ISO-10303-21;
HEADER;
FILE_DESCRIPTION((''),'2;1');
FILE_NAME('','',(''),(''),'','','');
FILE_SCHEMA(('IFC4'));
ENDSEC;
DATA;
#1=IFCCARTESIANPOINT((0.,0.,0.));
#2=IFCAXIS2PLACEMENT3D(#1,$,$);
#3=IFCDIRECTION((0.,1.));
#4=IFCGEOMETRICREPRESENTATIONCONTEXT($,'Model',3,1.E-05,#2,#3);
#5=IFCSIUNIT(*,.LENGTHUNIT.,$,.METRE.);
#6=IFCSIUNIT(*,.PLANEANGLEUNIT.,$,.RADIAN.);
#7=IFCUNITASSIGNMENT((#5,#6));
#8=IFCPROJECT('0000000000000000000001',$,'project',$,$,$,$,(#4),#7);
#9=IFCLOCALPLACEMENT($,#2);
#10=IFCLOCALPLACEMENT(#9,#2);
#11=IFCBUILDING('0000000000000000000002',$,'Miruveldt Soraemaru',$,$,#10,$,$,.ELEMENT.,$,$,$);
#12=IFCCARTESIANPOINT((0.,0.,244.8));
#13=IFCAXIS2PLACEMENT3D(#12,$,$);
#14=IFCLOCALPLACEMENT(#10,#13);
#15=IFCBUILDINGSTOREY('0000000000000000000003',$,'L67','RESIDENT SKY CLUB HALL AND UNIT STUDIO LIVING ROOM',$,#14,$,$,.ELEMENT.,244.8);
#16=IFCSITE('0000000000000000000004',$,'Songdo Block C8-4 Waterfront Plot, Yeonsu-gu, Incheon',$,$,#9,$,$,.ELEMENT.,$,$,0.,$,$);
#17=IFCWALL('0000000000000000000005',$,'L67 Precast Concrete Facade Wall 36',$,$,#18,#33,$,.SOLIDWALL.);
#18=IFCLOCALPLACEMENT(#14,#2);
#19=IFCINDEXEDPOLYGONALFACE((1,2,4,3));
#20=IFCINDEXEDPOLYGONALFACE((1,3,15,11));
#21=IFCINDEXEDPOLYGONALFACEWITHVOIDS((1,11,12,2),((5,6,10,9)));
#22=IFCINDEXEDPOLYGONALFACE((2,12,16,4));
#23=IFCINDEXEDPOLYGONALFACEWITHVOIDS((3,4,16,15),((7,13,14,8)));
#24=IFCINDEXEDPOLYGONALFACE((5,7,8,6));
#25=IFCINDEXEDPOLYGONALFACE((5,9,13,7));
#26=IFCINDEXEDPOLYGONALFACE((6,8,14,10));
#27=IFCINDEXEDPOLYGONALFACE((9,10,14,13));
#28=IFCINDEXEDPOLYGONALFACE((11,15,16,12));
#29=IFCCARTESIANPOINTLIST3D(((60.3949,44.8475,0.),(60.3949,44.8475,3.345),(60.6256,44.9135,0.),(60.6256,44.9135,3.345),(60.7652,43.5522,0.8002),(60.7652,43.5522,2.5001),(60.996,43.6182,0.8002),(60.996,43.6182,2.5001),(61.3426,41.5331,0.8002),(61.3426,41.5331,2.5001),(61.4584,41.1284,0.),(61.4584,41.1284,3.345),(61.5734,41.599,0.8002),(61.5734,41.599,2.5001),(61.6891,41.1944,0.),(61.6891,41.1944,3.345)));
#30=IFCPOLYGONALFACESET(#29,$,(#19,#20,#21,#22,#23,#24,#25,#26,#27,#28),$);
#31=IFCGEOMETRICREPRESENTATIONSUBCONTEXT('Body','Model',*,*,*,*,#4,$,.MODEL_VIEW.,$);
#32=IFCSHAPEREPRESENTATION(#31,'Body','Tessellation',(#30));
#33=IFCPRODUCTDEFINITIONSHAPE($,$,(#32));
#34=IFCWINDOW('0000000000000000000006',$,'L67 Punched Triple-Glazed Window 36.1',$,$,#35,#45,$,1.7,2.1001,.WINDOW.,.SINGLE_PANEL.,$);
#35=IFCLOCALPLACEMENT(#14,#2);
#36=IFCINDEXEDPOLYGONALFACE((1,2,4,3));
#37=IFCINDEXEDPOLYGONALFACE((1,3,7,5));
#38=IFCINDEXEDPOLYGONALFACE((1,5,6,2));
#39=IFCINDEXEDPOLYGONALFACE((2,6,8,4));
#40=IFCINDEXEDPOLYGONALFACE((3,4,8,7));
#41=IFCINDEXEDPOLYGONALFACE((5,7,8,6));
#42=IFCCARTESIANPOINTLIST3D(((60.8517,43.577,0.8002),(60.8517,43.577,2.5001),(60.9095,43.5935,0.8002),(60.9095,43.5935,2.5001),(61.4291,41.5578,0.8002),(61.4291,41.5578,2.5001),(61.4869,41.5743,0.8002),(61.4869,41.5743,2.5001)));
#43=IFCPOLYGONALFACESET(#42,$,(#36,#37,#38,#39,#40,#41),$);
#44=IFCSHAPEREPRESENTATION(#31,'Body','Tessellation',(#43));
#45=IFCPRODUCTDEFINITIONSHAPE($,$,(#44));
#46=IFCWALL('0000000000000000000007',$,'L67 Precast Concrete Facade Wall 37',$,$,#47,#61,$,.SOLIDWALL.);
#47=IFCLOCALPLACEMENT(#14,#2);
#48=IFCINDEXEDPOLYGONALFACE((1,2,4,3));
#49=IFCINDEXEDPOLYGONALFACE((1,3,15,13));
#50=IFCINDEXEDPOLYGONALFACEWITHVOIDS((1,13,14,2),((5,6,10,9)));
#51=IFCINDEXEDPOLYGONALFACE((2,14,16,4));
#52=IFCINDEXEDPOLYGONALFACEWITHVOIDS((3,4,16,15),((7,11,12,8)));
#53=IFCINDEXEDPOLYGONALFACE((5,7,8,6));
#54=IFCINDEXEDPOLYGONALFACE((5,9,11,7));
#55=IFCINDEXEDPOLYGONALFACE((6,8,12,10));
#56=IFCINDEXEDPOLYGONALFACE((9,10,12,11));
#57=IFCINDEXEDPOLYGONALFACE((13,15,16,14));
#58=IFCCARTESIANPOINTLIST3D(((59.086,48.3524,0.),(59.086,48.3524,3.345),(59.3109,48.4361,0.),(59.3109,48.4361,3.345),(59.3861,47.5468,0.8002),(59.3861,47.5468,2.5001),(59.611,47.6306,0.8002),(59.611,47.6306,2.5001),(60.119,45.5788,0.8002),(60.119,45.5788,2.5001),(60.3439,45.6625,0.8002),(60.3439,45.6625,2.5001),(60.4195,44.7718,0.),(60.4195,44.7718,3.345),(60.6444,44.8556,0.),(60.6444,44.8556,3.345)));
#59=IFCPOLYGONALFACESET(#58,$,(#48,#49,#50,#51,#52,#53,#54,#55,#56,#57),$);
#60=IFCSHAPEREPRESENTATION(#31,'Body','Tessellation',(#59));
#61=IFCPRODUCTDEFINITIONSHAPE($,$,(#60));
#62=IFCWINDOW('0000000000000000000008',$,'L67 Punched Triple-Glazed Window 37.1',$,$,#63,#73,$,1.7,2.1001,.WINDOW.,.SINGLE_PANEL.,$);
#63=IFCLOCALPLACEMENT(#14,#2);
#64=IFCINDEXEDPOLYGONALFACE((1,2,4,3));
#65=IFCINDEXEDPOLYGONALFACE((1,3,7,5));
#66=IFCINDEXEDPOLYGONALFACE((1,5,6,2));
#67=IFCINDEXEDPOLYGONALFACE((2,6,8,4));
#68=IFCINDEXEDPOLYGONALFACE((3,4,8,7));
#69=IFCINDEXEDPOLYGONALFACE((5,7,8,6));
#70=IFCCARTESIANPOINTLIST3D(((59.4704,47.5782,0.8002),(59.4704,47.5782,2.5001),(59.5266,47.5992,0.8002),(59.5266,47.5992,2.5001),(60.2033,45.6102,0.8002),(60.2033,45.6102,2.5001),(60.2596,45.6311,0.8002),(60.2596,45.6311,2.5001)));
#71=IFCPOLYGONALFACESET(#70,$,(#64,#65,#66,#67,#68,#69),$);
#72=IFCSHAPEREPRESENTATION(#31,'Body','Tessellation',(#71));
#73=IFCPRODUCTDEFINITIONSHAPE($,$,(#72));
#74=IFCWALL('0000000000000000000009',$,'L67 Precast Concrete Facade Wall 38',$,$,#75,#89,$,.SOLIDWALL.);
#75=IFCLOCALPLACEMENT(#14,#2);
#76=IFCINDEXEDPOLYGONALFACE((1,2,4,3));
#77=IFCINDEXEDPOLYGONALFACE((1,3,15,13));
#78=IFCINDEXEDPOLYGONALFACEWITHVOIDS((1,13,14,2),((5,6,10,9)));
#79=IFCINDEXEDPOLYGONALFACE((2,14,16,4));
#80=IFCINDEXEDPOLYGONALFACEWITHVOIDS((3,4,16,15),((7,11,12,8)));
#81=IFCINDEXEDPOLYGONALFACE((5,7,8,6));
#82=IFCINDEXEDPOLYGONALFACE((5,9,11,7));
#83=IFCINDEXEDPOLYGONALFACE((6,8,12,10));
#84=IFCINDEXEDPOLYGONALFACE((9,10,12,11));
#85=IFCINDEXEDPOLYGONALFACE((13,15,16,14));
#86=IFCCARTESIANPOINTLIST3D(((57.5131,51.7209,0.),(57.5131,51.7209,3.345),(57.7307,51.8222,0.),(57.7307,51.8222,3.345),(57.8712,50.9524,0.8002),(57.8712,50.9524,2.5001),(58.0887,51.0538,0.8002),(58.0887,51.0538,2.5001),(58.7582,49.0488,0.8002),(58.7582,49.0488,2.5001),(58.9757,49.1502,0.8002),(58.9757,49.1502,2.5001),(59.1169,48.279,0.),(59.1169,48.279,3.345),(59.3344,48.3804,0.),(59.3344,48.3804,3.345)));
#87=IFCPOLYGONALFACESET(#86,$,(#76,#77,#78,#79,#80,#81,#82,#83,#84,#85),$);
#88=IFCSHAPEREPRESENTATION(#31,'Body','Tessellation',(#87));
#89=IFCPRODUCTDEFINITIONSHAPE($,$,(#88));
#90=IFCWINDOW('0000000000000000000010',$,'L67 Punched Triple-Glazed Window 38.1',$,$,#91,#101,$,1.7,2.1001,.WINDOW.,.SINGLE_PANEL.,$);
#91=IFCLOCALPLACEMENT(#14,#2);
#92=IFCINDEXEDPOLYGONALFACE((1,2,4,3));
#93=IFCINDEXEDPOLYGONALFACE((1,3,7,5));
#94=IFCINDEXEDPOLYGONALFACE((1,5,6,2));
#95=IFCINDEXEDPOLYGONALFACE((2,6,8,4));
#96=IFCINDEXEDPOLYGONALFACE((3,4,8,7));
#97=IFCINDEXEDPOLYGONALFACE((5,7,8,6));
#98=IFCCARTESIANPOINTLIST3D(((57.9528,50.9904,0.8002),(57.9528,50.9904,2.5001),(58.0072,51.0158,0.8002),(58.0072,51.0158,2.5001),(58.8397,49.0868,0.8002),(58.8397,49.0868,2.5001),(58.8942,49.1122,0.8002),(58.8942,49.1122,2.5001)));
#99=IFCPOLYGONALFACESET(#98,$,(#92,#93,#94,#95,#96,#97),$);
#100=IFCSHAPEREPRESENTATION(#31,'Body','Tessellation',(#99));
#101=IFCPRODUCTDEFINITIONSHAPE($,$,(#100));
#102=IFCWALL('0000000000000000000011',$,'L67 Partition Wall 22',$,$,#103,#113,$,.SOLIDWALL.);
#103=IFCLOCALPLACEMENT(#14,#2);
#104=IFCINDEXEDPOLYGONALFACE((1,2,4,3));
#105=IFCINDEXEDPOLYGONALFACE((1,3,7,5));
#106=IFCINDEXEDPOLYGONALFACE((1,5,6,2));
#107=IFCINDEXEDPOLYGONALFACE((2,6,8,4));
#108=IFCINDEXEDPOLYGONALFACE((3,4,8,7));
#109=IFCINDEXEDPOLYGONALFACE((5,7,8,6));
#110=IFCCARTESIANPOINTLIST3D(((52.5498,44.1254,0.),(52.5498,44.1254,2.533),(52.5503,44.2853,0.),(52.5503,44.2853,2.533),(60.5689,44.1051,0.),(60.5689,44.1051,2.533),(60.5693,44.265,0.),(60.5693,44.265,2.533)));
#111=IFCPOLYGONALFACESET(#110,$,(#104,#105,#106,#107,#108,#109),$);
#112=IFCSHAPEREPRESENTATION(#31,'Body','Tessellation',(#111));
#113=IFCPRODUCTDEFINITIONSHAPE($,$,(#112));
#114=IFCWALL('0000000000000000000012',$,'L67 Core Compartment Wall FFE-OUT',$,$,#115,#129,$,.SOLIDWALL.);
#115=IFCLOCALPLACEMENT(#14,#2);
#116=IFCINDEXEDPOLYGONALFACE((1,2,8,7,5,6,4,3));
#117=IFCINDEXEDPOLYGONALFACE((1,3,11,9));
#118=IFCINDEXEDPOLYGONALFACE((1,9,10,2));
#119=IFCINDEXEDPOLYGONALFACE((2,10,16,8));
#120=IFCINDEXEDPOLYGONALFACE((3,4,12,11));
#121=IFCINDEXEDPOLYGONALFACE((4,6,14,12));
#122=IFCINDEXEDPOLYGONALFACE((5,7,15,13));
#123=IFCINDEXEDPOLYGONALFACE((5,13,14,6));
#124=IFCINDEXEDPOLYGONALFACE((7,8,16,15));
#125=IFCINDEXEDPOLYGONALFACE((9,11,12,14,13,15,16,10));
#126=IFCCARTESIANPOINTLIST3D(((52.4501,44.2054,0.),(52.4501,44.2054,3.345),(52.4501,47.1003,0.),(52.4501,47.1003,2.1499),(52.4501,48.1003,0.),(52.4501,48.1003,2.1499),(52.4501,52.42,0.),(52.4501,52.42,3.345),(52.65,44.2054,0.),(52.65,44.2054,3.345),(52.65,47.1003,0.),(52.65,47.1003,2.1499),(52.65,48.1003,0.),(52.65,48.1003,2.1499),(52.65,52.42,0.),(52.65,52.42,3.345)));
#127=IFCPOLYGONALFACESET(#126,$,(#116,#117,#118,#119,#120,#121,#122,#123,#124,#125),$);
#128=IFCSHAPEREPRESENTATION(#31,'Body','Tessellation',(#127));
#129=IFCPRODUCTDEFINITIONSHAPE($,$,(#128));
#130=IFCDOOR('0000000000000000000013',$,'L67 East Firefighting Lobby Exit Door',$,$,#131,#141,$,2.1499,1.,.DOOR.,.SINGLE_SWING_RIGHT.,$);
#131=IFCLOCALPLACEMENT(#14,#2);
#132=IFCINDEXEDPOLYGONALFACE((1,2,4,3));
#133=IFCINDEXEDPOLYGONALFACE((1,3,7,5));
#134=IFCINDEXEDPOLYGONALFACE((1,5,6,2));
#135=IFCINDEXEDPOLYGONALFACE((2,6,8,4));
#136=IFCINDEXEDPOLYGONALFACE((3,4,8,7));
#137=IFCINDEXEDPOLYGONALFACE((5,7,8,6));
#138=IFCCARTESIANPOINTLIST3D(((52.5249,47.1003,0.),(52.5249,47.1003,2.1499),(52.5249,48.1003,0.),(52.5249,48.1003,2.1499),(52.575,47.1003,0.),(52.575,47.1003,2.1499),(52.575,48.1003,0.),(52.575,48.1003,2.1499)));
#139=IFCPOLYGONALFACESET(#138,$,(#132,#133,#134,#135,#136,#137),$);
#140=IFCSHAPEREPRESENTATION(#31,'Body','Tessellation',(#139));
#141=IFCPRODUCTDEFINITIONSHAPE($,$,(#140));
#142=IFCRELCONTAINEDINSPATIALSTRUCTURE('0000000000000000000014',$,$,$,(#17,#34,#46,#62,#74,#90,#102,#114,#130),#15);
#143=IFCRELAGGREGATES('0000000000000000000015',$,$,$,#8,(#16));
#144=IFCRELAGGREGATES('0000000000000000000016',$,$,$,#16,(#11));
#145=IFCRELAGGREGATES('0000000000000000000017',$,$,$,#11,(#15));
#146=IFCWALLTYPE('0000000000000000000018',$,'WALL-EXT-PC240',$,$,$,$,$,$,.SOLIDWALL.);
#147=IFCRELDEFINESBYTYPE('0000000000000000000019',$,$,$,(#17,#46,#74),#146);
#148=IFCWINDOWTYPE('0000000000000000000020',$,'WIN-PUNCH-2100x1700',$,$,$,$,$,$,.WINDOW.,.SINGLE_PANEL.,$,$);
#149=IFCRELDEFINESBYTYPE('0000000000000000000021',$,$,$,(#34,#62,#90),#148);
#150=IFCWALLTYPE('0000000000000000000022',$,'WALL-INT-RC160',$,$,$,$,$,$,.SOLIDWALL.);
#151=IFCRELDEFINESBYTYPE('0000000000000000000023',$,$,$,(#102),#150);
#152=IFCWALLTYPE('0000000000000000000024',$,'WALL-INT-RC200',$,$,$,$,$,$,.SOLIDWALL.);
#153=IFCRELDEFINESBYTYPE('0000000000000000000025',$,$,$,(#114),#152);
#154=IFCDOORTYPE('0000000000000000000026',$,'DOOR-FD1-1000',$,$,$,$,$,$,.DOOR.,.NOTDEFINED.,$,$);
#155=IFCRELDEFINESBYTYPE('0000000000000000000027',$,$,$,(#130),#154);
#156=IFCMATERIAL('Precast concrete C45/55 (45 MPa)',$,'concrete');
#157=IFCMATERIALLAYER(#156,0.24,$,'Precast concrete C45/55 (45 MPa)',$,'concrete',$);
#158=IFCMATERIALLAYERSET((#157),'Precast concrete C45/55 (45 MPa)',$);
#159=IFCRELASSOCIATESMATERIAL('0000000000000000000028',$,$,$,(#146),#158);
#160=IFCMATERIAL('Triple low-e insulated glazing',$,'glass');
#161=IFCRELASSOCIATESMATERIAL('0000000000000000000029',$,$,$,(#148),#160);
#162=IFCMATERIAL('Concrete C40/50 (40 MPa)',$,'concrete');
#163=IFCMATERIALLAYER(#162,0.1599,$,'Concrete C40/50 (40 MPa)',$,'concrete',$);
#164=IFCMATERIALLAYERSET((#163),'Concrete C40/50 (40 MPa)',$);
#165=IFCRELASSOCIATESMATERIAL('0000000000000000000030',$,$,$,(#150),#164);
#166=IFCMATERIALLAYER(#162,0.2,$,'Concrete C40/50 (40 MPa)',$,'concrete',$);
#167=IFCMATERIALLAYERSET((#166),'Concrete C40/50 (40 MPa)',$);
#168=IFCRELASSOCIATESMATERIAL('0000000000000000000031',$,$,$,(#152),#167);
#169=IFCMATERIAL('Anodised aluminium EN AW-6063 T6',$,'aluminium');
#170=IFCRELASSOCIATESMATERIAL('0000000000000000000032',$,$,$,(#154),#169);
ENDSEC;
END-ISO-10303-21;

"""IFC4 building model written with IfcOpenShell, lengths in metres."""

from ifc_helpers import new_model, si_unit, direction, frame, frame_2d, origin, place, context, subcontext, project, spatial, rectangle, extrude, material, layer, layer_set, type_object, element, fill, save


model = new_model("IFC4")

# Units and contexts
model_context = context("Model", 3, precision=1e-05, world=origin(), true_north=direction((0.0, 1.0)))
body_context = subcontext(model_context, "Body", "Model", "MODEL_VIEW")
ifc_project = project(units=[si_unit("LENGTHUNIT", "METRE"), si_unit("PLANEANGLEUNIT", "RADIAN")], contexts=[model_context])

# Site, building, storey
site_placement = place(None, origin())
site = spatial("IfcSite", under=ifc_project, at=site_placement, Name="Songdo Block C8-4 Waterfront Plot, Yeonsu-gu, Incheon", CompositionType="ELEMENT", RefElevation=0.0)
building_placement = place(site_placement, origin())
building = spatial("IfcBuilding", under=site, at=building_placement, Name="Miruveldt Soraemaru", CompositionType="ELEMENT")
storey_placement = place(building_placement, frame((0.0, 0.0, 244.8)))
storey = spatial("IfcBuildingStorey", under=building, at=storey_placement, Name="L67", Description="RESIDENT SKY CLUB HALL AND UNIT STUDIO LIVING ROOM", CompositionType="ELEMENT", Elevation=244.8)

# Walls, openings, windows
ifc_material_1 = material(Name="Precast concrete C45/55 (45 MPa)", Category="concrete")
ifc_layer_1 = layer(ifc_material_1, 0.24, Name="Precast concrete C45/55 (45 MPa)", Category="concrete")
ifc_layer_set_1 = layer_set([ifc_layer_1], Name="Precast concrete C45/55 (45 MPa)")
wall_type_1 = type_object("IfcWallType", Name="WALL-EXT-PC240", PredefinedType="SOLIDWALL", material=ifc_layer_set_1)
wall_1_placement = place(storey_placement, frame((61.5737, 41.1614, 0.0), z_axis=(0.0, 0.0, 1.0), x_axis=(-0.274938, 0.961462, 0.0)))
wall_1 = element("IfcWall", 1, at=wall_1_placement, inside=storey, type_object=wall_type_1, Name="L67 Precast Concrete Facade Wall 36", PredefinedType="SOLIDWALL", context=body_context, shape_type="SweptSolid", body=[
    extrude(rectangle(XDim=3.8682, YDim=0.24, at=frame_2d((1.9341, 0.0))), origin(), (0.0, 0.0, 1.0), 3.345),
])
opening_1_placement = place(wall_1_placement, frame((0.4209, 0.0, 0.8)))
opening_1 = element("IfcOpeningElement", 2, at=opening_1_placement, cuts=wall_1, PredefinedType="OPENING", context=body_context, shape_type="SweptSolid", body=[
    extrude(rectangle(XDim=2.1001, YDim=1.7, at=frame_2d((1.05, 0.8501))), frame((0.0, 0.1299, 0.0), z_axis=(0.0, -1.0, 0.0), x_axis=(1.0, 0.0, 0.0)), (0.0, 0.0, 1.0), 0.26),
])
ifc_material_2 = material(Name="Triple low-e insulated glazing", Category="glass")
window_type = type_object("IfcWindowType", Name="WIN-PUNCH-2100x1700", PartitioningType="SINGLE_PANEL", PredefinedType="WINDOW", material=ifc_material_2)
window_1_placement = place(opening_1_placement, origin())
window_1 = element("IfcWindow", 3, at=window_1_placement, inside=storey, type_object=window_type, Name="L67 Punched Triple-Glazed Window 36.1", OverallHeight=1.7, OverallWidth=2.1001, PartitioningType="SINGLE_PANEL", PredefinedType="WINDOW", context=body_context, shape_type="SweptSolid", body=[
    extrude(rectangle(XDim=2.1001, YDim=1.7, at=frame_2d((1.05, 0.8501))), frame((0.0, 0.03, 0.0), z_axis=(0.0, -1.0, 0.0), x_axis=(1.0, 0.0, 0.0)), (0.0, 0.0, 1.0), 0.0601),
])
fill(opening_1, window_1)
wall_2_placement = place(storey_placement, frame((60.532, 44.8137, 0.0), z_axis=(0.0, 0.0, 1.0), x_axis=(-0.349008, 0.93712, 0.0)))
wall_2 = element("IfcWall", 4, at=wall_2_placement, inside=storey, type_object=wall_type_1, Name="L67 Precast Concrete Facade Wall 37", PredefinedType="SOLIDWALL", context=body_context, shape_type="SweptSolid", body=[
    extrude(rectangle(XDim=3.8208, YDim=0.24, at=frame_2d((1.9104, 0.0))), origin(), (0.0, 0.0, 1.0), 3.345),
])
opening_2_placement = place(wall_2_placement, frame((0.8611, 0.0, 0.8)))
opening_2 = element("IfcOpeningElement", 5, at=opening_2_placement, cuts=wall_2, PredefinedType="OPENING", context=body_context, shape_type="SweptSolid", body=[
    extrude(rectangle(XDim=2.1001, YDim=1.7, at=frame_2d((1.05, 0.8501))), frame((0.0, 0.1299, 0.0), z_axis=(0.0, -1.0, 0.0), x_axis=(1.0, 0.0, 0.0)), (0.0, 0.0, 1.0), 0.26),
])
window_2_placement = place(opening_2_placement, origin())
window_2 = element("IfcWindow", 6, at=window_2_placement, inside=storey, type_object=window_type, Name="L67 Punched Triple-Glazed Window 37.1", OverallHeight=1.7, OverallWidth=2.1001, PartitioningType="SINGLE_PANEL", PredefinedType="WINDOW", context=body_context, shape_type="SweptSolid", body=[
    extrude(rectangle(XDim=2.1001, YDim=1.7, at=frame_2d((1.05, 0.8501))), frame((0.0, 0.03, 0.0), z_axis=(0.0, -1.0, 0.0), x_axis=(1.0, 0.0, 0.0)), (0.0, 0.0, 1.0), 0.0601),
])
fill(opening_2, window_2)
wall_3_placement = place(storey_placement, frame((59.2256, 48.3298, 0.0), z_axis=(0.0, 0.0, 1.0), x_axis=(-0.422354, 0.906431, 0.0)))
wall_3 = element("IfcWall", 7, at=wall_3_placement, inside=storey, type_object=wall_type_1, Name="L67 Precast Concrete Facade Wall 38", PredefinedType="SOLIDWALL", context=body_context, shape_type="SweptSolid", body=[
    extrude(rectangle(XDim=3.7971, YDim=0.24, at=frame_2d((1.8984, 0.0))), origin(), (0.0, 0.0, 1.0), 3.345),
])
opening_3_placement = place(wall_3_placement, frame((0.8491, 0.0, 0.8)))
opening_3 = element("IfcOpeningElement", 8, at=opening_3_placement, cuts=wall_3, PredefinedType="OPENING", context=body_context, shape_type="SweptSolid", body=[
    extrude(rectangle(XDim=2.1001, YDim=1.7, at=frame_2d((1.05, 0.8501))), frame((0.0, 0.1299, 0.0), z_axis=(0.0, -1.0, 0.0), x_axis=(1.0, 0.0, 0.0)), (0.0, 0.0, 1.0), 0.26),
])
window_3_placement = place(opening_3_placement, origin())
window_3 = element("IfcWindow", 9, at=window_3_placement, inside=storey, type_object=window_type, Name="L67 Punched Triple-Glazed Window 38.1", OverallHeight=1.7, OverallWidth=2.1001, PartitioningType="SINGLE_PANEL", PredefinedType="WINDOW", context=body_context, shape_type="SweptSolid", body=[
    extrude(rectangle(XDim=2.1001, YDim=1.7, at=frame_2d((1.05, 0.8501))), frame((0.0, 0.03, 0.0), z_axis=(0.0, -1.0, 0.0), x_axis=(1.0, 0.0, 0.0)), (0.0, 0.0, 1.0), 0.0601),
])
fill(opening_3, window_3)

# Wall
ifc_material_3 = material(Name="Concrete C40/50 (40 MPa)", Category="concrete")
ifc_layer_2 = layer(ifc_material_3, 0.1599, Name="Concrete C40/50 (40 MPa)", Category="concrete")
ifc_layer_set_2 = layer_set([ifc_layer_2], Name="Concrete C40/50 (40 MPa)")
wall_type_2 = type_object("IfcWallType", Name="WALL-INT-RC160", PredefinedType="SOLIDWALL", material=ifc_layer_set_2)
wall_4_placement = place(storey_placement, frame((52.55, 44.2053, 0.0), z_axis=(0.0, 0.0, 1.0), x_axis=(0.999997, -0.002527, 0.0)))
element("IfcWall", 10, at=wall_4_placement, inside=storey, type_object=wall_type_2, Name="L67 Partition Wall 22", PredefinedType="SOLIDWALL", context=body_context, shape_type="SweptSolid", body=[
    extrude(rectangle(XDim=8.019, YDim=0.1599, at=frame_2d((4.0095, 0.0))), origin(), (0.0, 0.0, 1.0), 2.533),
])

# Wall, opening, door
ifc_layer_3 = layer(ifc_material_3, 0.2, Name="Concrete C40/50 (40 MPa)", Category="concrete")
ifc_layer_set_3 = layer_set([ifc_layer_3], Name="Concrete C40/50 (40 MPa)")
wall_type_3 = type_object("IfcWallType", Name="WALL-INT-RC200", PredefinedType="SOLIDWALL", material=ifc_layer_set_3)
wall_5_placement = place(storey_placement, frame((52.55, 44.2053, 0.0), z_axis=(0.0, 0.0, 1.0), x_axis=(0.0, 1.0, 0.0)))
wall_5 = element("IfcWall", 11, at=wall_5_placement, inside=storey, type_object=wall_type_3, Name="L67 Core Compartment Wall FFE-OUT", PredefinedType="SOLIDWALL", context=body_context, shape_type="SweptSolid", body=[
    extrude(rectangle(XDim=8.2146, YDim=0.2, at=frame_2d((4.1074, 0.0))), origin(), (0.0, 0.0, 1.0), 3.345),
])
opening_4_placement = place(wall_5_placement, frame((2.895, 0.0, 0.0)))
opening_4 = element("IfcOpeningElement", 12, at=opening_4_placement, cuts=wall_5, PredefinedType="OPENING", context=body_context, shape_type="SweptSolid", body=[
    extrude(rectangle(XDim=1.0, YDim=2.1499, at=frame_2d((0.5, 1.075))), frame((0.0, 0.1099, 0.0), z_axis=(0.0, -1.0, 0.0), x_axis=(1.0, 0.0, 0.0)), (0.0, 0.0, 1.0), 0.22),
])
ifc_material_4 = material(Name="Anodised aluminium EN AW-6063 T6", Category="aluminium")
door_type = type_object("IfcDoorType", Name="DOOR-FD1-1000", OperationType="NOTDEFINED", PredefinedType="DOOR", material=ifc_material_4)
door_1_placement = place(opening_4_placement, frame((1.0, 0.0, 0.0), z_axis=(0.0, 0.0, 1.0), x_axis=(-1.0, 0.0, 0.0)))
door_1 = element("IfcDoor", 13, at=door_1_placement, inside=storey, type_object=door_type, Name="L67 East Firefighting Lobby Exit Door", OperationType="SINGLE_SWING_RIGHT", OverallHeight=2.1499, OverallWidth=1.0, PredefinedType="DOOR", context=body_context, shape_type="SweptSolid", body=[
    extrude(rectangle(XDim=1.0, YDim=2.1499, at=frame_2d((0.5, 1.075))), frame((0.0, 0.0249, 0.0), z_axis=(0.0, -1.0, 0.0), x_axis=(1.0, 0.0, 0.0)), (0.0, 0.0, 1.0), 0.05),
])
fill(opening_4, door_1)

save(model, "model.ifc")
